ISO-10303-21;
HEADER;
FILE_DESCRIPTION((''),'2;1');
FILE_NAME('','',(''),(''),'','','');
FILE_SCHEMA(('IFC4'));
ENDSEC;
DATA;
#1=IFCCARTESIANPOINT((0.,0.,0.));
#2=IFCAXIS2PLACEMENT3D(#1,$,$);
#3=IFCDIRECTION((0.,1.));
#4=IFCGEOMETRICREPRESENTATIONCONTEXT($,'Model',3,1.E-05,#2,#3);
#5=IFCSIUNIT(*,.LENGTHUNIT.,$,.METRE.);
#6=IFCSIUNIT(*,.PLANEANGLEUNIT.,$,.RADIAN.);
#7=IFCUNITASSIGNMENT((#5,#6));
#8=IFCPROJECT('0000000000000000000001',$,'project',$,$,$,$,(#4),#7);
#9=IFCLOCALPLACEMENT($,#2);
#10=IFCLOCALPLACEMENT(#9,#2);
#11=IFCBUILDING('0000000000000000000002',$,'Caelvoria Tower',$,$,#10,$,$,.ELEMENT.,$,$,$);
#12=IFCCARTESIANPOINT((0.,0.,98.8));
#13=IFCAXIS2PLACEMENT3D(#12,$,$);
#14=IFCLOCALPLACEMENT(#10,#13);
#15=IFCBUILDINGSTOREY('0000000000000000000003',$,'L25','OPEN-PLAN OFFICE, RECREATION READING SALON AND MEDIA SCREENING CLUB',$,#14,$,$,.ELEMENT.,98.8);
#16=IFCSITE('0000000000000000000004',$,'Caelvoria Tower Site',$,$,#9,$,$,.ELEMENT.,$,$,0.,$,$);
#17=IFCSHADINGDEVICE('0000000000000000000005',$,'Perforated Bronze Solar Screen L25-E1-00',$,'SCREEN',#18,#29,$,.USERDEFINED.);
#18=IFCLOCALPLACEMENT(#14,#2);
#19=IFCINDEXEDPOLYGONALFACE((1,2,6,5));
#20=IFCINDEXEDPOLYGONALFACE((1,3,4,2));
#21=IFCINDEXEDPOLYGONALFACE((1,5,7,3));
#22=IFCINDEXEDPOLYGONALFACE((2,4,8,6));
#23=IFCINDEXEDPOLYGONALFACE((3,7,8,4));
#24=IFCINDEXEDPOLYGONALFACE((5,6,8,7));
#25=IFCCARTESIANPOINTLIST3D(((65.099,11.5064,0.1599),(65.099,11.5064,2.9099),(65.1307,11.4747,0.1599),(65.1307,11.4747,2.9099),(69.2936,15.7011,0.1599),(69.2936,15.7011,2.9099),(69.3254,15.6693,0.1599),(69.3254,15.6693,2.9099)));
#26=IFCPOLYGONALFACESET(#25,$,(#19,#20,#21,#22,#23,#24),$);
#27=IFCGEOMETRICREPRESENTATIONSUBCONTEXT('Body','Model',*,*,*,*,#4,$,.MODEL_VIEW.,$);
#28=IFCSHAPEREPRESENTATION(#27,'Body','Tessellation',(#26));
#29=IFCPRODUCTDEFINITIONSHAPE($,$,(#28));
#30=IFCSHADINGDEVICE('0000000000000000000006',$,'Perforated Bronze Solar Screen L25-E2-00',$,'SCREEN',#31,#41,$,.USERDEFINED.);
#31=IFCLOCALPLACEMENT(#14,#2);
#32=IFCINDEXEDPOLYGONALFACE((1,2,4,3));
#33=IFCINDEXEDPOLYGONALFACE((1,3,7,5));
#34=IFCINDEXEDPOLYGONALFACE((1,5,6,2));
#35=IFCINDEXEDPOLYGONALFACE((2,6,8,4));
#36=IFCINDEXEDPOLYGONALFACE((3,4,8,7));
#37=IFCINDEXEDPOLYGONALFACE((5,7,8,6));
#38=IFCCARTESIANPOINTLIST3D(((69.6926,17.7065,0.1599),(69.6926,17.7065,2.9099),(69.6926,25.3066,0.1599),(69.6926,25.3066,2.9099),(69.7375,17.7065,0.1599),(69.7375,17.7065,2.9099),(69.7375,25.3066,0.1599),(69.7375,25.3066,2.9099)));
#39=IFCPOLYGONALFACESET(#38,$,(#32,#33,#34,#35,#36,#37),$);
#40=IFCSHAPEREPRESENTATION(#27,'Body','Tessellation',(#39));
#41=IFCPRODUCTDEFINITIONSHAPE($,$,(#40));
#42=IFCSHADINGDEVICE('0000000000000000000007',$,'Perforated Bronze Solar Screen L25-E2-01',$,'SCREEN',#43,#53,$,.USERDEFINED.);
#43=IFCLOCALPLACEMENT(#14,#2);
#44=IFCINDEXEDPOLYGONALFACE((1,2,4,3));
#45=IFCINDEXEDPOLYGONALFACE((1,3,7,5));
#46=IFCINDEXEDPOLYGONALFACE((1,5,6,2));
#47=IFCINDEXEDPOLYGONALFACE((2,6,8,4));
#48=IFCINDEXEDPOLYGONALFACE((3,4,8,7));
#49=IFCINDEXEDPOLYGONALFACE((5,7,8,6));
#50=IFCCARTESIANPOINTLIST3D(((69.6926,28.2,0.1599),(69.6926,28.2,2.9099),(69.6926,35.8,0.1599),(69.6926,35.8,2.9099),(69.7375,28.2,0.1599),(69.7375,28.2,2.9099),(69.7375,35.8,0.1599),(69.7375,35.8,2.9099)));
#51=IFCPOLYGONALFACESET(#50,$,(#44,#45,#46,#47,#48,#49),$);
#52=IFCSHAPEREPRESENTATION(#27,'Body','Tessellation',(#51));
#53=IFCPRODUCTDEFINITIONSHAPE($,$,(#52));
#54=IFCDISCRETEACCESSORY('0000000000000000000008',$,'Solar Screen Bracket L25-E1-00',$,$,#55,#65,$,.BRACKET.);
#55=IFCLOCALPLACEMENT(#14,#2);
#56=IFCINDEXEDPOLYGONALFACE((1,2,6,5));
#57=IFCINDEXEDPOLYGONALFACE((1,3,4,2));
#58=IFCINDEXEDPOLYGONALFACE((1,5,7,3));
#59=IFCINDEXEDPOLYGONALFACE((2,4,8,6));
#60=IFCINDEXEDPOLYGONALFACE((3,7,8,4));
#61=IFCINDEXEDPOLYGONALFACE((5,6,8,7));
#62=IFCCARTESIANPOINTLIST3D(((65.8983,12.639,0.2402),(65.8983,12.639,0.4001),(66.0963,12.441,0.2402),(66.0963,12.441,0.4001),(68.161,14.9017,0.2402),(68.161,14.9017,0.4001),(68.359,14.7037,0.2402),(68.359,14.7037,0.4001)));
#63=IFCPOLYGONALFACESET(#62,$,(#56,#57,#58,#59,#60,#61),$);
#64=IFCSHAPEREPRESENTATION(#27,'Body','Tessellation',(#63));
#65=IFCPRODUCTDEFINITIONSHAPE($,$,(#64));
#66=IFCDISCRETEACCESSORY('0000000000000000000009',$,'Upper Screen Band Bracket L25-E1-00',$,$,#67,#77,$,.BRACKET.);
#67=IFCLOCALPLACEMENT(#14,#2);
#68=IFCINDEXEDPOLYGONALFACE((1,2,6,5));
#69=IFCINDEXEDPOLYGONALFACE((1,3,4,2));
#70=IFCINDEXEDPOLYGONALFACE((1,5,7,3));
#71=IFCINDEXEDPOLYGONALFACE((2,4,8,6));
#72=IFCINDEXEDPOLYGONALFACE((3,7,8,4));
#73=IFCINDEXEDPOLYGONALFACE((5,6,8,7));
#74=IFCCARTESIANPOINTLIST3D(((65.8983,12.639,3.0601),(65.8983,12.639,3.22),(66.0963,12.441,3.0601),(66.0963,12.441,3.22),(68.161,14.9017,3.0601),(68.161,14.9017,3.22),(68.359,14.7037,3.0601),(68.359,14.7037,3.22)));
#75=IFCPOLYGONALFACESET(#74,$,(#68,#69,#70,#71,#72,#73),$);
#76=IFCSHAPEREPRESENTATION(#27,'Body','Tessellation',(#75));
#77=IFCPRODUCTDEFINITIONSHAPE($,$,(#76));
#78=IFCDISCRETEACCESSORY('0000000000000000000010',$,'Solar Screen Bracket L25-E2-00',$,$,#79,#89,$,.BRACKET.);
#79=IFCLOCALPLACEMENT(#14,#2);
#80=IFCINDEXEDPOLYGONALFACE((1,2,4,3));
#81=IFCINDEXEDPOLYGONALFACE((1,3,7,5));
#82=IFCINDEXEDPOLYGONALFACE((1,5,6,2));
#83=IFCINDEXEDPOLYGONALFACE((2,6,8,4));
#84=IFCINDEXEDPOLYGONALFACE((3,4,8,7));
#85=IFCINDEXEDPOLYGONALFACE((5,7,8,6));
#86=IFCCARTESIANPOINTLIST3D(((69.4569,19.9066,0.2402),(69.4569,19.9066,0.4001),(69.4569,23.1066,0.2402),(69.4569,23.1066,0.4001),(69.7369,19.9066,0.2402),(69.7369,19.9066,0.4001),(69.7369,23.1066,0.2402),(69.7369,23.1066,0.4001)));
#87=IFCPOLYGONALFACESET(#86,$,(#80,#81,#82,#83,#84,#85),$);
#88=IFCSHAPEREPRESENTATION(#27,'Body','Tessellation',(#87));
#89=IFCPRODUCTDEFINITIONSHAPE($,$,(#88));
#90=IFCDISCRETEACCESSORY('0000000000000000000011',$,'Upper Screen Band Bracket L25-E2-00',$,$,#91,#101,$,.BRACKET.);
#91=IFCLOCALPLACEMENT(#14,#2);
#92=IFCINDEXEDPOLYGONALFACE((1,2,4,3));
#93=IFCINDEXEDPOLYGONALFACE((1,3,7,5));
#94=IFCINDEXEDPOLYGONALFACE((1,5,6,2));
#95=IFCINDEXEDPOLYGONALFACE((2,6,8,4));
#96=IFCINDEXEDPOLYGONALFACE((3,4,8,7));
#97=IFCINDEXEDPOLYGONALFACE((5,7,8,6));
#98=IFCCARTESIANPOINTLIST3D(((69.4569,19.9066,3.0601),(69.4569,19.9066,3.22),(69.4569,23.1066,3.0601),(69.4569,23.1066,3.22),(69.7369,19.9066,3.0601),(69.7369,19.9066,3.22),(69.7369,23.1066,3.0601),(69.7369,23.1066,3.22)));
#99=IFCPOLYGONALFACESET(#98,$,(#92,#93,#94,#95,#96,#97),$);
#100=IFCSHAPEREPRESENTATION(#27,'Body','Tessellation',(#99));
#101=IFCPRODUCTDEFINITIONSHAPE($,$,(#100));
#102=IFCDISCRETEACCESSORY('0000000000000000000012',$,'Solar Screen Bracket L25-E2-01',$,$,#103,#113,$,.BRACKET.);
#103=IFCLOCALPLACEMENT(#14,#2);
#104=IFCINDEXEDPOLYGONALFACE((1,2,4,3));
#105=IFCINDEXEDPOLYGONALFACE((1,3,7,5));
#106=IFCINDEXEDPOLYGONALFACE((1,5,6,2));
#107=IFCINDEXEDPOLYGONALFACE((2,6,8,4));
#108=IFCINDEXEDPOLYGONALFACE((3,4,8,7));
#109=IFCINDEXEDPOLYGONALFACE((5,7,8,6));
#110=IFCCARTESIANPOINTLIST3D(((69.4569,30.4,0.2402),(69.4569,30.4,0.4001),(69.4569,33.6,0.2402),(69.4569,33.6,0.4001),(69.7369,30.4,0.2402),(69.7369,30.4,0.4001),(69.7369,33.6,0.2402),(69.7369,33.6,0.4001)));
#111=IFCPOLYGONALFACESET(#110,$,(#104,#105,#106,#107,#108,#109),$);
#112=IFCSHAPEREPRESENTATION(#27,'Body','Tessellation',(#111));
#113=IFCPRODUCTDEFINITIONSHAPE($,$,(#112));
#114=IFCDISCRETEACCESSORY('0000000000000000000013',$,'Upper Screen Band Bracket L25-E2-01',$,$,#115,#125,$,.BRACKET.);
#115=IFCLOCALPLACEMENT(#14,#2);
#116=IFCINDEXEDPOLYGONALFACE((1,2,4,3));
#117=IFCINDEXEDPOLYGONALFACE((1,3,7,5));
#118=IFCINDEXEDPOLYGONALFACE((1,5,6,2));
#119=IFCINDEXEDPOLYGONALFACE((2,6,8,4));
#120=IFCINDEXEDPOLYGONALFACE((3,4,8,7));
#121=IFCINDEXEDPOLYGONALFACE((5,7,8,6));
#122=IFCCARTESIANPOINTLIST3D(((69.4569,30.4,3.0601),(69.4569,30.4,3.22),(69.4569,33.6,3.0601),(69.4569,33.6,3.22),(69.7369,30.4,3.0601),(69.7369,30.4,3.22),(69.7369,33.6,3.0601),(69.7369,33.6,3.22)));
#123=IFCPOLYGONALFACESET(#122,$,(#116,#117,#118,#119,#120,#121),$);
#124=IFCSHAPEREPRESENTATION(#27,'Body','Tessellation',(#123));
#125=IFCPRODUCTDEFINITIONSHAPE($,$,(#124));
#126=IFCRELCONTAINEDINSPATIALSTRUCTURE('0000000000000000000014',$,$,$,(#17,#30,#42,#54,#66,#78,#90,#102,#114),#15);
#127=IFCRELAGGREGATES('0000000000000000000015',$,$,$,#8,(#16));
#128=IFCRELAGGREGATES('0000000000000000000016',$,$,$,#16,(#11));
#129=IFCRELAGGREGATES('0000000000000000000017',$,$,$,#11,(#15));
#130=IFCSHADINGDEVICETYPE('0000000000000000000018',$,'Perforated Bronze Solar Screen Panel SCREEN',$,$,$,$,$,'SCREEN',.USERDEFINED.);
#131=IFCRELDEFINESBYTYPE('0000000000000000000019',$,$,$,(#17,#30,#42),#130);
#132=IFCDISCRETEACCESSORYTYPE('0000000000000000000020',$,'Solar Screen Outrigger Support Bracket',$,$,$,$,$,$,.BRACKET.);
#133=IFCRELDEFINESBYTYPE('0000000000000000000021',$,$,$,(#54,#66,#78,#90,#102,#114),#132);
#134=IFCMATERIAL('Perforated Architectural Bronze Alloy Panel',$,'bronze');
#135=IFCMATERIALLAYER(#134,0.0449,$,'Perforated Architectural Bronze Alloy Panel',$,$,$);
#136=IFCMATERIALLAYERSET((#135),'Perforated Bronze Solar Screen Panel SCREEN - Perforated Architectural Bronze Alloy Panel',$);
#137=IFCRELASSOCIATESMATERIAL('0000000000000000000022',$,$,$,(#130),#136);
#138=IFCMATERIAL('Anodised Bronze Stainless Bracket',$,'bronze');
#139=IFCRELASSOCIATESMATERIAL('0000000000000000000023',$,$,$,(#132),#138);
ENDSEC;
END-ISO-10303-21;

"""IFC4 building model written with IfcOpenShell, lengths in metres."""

from ifc_helpers import new_model, si_unit, direction, frame, origin, origin_2d, place, context, subcontext, project, spatial, rectangle, extrude, material, layer, layer_set, type_object, element, save


model = new_model("IFC4")

# Units and contexts
model_context = context("Model", 3, precision=1e-05, world=origin(), true_north=direction((0.0, 1.0)))
body_context = subcontext(model_context, "Body", "Model", "MODEL_VIEW")
ifc_project = project(units=[si_unit("LENGTHUNIT", "METRE"), si_unit("PLANEANGLEUNIT", "RADIAN")], contexts=[model_context])

# Site, building, storey
site_placement = place(None, origin())
site = spatial("IfcSite", under=ifc_project, at=site_placement, Name="Caelvoria Tower Site", CompositionType="ELEMENT", RefElevation=0.0)
building_placement = place(site_placement, origin())
building = spatial("IfcBuilding", under=site, at=building_placement, Name="Caelvoria Tower", CompositionType="ELEMENT")
storey_placement = place(building_placement, frame((0.0, 0.0, 98.8)))
storey = spatial("IfcBuildingStorey", under=building, at=storey_placement, Name="L25", Description="OPEN-PLAN OFFICE, RECREATION READING SALON AND MEDIA SCREENING CLUB", CompositionType="ELEMENT", Elevation=98.8)

# Shading devices
ifc_material_1 = material(Name="Perforated Architectural Bronze Alloy Panel", Category="bronze")
ifc_layer_1 = layer(ifc_material_1, 0.0449, Name="Perforated Architectural Bronze Alloy Panel")
ifc_layer_set_1 = layer_set([ifc_layer_1], Name="Perforated Bronze Solar Screen Panel SCREEN - Perforated Architectural Bronze Alloy Panel")
shading_device_type = type_object("IfcShadingDeviceType", Name="Perforated Bronze Solar Screen Panel SCREEN", ElementType="SCREEN", PredefinedType="USERDEFINED", material=ifc_layer_set_1)
shading_device_placement = place(storey_placement, frame((67.2122, 13.5879, 0.1599), z_axis=(0.0, 0.0, 1.0), x_axis=(0.707107, 0.707107, 0.0)))
element("IfcShadingDevice", 1, at=shading_device_placement, inside=storey, type_object=shading_device_type, Name="Perforated Bronze Solar Screen L25-E1-00", ObjectType="SCREEN", PredefinedType="USERDEFINED", context=body_context, shape_type="SweptSolid", body=[
    extrude(rectangle(XDim=5.9321, YDim=0.0449, at=origin_2d()), origin(), (0.0, 0.0, 1.0), 2.75),
])
for number, where, z_axis, x_axis, name in (
    (2, (69.7151, 21.5066, 0.1599), (0.0, 0.0, 1.0), (0.0, 1.0, 0.0), "Perforated Bronze Solar Screen L25-E2-00"),
    (3, (69.7151, 32.0, 0.1599), (0.0, 0.0, 1.0), (0.0, 1.0, 0.0), "Perforated Bronze Solar Screen L25-E2-01"),
):
    element("IfcShadingDevice", number, at=place(storey_placement, frame(where, z_axis=z_axis, x_axis=x_axis)), inside=storey, type_object=shading_device_type, Name=name, ObjectType="SCREEN", PredefinedType="USERDEFINED", context=body_context, shape_type="SweptSolid", body=[
        extrude(rectangle(XDim=7.6001, YDim=0.0449, at=origin_2d()), origin(), (0.0, 0.0, 1.0), 2.75),
    ])

# Discrete accessories
ifc_material_2 = material(Name="Anodised Bronze Stainless Bracket", Category="bronze")
discrete_accessory_type = type_object("IfcDiscreteAccessoryType", Name="Solar Screen Outrigger Support Bracket", PredefinedType="BRACKET", material=ifc_material_2)
for number, where, z_axis, x_axis, name in (
    (4, (67.1287, 13.6714, 0.2402), (0.0, 0.0, 1.0), (0.707107, 0.707107, 0.0), "Solar Screen Bracket L25-E1-00"),
    (5, (67.1287, 13.6714, 3.0601), (0.0, 0.0, 1.0), (0.707107, 0.707107, 0.0), "Upper Screen Band Bracket L25-E1-00"),
    (6, (69.5969, 21.5066, 0.2402), (0.0, 0.0, 1.0), (0.0, 1.0, 0.0), "Solar Screen Bracket L25-E2-00"),
    (7, (69.5969, 21.5066, 3.0601), (0.0, 0.0, 1.0), (0.0, 1.0, 0.0), "Upper Screen Band Bracket L25-E2-00"),
    (8, (69.5969, 32.0, 0.2402), (0.0, 0.0, 1.0), (0.0, 1.0, 0.0), "Solar Screen Bracket L25-E2-01"),
    (9, (69.5969, 32.0, 3.0601), (0.0, 0.0, 1.0), (0.0, 1.0, 0.0), "Upper Screen Band Bracket L25-E2-01"),
):
    element("IfcDiscreteAccessory", number, at=place(storey_placement, frame(where, z_axis=z_axis, x_axis=x_axis)), inside=storey, type_object=discrete_accessory_type, Name=name, PredefinedType="BRACKET", context=body_context, shape_type="SweptSolid", body=[
        extrude(rectangle(XDim=3.2, YDim=0.28, at=origin_2d()), origin(), (0.0, 0.0, 1.0), 0.1599),
    ])

save(model, "model.ifc")
